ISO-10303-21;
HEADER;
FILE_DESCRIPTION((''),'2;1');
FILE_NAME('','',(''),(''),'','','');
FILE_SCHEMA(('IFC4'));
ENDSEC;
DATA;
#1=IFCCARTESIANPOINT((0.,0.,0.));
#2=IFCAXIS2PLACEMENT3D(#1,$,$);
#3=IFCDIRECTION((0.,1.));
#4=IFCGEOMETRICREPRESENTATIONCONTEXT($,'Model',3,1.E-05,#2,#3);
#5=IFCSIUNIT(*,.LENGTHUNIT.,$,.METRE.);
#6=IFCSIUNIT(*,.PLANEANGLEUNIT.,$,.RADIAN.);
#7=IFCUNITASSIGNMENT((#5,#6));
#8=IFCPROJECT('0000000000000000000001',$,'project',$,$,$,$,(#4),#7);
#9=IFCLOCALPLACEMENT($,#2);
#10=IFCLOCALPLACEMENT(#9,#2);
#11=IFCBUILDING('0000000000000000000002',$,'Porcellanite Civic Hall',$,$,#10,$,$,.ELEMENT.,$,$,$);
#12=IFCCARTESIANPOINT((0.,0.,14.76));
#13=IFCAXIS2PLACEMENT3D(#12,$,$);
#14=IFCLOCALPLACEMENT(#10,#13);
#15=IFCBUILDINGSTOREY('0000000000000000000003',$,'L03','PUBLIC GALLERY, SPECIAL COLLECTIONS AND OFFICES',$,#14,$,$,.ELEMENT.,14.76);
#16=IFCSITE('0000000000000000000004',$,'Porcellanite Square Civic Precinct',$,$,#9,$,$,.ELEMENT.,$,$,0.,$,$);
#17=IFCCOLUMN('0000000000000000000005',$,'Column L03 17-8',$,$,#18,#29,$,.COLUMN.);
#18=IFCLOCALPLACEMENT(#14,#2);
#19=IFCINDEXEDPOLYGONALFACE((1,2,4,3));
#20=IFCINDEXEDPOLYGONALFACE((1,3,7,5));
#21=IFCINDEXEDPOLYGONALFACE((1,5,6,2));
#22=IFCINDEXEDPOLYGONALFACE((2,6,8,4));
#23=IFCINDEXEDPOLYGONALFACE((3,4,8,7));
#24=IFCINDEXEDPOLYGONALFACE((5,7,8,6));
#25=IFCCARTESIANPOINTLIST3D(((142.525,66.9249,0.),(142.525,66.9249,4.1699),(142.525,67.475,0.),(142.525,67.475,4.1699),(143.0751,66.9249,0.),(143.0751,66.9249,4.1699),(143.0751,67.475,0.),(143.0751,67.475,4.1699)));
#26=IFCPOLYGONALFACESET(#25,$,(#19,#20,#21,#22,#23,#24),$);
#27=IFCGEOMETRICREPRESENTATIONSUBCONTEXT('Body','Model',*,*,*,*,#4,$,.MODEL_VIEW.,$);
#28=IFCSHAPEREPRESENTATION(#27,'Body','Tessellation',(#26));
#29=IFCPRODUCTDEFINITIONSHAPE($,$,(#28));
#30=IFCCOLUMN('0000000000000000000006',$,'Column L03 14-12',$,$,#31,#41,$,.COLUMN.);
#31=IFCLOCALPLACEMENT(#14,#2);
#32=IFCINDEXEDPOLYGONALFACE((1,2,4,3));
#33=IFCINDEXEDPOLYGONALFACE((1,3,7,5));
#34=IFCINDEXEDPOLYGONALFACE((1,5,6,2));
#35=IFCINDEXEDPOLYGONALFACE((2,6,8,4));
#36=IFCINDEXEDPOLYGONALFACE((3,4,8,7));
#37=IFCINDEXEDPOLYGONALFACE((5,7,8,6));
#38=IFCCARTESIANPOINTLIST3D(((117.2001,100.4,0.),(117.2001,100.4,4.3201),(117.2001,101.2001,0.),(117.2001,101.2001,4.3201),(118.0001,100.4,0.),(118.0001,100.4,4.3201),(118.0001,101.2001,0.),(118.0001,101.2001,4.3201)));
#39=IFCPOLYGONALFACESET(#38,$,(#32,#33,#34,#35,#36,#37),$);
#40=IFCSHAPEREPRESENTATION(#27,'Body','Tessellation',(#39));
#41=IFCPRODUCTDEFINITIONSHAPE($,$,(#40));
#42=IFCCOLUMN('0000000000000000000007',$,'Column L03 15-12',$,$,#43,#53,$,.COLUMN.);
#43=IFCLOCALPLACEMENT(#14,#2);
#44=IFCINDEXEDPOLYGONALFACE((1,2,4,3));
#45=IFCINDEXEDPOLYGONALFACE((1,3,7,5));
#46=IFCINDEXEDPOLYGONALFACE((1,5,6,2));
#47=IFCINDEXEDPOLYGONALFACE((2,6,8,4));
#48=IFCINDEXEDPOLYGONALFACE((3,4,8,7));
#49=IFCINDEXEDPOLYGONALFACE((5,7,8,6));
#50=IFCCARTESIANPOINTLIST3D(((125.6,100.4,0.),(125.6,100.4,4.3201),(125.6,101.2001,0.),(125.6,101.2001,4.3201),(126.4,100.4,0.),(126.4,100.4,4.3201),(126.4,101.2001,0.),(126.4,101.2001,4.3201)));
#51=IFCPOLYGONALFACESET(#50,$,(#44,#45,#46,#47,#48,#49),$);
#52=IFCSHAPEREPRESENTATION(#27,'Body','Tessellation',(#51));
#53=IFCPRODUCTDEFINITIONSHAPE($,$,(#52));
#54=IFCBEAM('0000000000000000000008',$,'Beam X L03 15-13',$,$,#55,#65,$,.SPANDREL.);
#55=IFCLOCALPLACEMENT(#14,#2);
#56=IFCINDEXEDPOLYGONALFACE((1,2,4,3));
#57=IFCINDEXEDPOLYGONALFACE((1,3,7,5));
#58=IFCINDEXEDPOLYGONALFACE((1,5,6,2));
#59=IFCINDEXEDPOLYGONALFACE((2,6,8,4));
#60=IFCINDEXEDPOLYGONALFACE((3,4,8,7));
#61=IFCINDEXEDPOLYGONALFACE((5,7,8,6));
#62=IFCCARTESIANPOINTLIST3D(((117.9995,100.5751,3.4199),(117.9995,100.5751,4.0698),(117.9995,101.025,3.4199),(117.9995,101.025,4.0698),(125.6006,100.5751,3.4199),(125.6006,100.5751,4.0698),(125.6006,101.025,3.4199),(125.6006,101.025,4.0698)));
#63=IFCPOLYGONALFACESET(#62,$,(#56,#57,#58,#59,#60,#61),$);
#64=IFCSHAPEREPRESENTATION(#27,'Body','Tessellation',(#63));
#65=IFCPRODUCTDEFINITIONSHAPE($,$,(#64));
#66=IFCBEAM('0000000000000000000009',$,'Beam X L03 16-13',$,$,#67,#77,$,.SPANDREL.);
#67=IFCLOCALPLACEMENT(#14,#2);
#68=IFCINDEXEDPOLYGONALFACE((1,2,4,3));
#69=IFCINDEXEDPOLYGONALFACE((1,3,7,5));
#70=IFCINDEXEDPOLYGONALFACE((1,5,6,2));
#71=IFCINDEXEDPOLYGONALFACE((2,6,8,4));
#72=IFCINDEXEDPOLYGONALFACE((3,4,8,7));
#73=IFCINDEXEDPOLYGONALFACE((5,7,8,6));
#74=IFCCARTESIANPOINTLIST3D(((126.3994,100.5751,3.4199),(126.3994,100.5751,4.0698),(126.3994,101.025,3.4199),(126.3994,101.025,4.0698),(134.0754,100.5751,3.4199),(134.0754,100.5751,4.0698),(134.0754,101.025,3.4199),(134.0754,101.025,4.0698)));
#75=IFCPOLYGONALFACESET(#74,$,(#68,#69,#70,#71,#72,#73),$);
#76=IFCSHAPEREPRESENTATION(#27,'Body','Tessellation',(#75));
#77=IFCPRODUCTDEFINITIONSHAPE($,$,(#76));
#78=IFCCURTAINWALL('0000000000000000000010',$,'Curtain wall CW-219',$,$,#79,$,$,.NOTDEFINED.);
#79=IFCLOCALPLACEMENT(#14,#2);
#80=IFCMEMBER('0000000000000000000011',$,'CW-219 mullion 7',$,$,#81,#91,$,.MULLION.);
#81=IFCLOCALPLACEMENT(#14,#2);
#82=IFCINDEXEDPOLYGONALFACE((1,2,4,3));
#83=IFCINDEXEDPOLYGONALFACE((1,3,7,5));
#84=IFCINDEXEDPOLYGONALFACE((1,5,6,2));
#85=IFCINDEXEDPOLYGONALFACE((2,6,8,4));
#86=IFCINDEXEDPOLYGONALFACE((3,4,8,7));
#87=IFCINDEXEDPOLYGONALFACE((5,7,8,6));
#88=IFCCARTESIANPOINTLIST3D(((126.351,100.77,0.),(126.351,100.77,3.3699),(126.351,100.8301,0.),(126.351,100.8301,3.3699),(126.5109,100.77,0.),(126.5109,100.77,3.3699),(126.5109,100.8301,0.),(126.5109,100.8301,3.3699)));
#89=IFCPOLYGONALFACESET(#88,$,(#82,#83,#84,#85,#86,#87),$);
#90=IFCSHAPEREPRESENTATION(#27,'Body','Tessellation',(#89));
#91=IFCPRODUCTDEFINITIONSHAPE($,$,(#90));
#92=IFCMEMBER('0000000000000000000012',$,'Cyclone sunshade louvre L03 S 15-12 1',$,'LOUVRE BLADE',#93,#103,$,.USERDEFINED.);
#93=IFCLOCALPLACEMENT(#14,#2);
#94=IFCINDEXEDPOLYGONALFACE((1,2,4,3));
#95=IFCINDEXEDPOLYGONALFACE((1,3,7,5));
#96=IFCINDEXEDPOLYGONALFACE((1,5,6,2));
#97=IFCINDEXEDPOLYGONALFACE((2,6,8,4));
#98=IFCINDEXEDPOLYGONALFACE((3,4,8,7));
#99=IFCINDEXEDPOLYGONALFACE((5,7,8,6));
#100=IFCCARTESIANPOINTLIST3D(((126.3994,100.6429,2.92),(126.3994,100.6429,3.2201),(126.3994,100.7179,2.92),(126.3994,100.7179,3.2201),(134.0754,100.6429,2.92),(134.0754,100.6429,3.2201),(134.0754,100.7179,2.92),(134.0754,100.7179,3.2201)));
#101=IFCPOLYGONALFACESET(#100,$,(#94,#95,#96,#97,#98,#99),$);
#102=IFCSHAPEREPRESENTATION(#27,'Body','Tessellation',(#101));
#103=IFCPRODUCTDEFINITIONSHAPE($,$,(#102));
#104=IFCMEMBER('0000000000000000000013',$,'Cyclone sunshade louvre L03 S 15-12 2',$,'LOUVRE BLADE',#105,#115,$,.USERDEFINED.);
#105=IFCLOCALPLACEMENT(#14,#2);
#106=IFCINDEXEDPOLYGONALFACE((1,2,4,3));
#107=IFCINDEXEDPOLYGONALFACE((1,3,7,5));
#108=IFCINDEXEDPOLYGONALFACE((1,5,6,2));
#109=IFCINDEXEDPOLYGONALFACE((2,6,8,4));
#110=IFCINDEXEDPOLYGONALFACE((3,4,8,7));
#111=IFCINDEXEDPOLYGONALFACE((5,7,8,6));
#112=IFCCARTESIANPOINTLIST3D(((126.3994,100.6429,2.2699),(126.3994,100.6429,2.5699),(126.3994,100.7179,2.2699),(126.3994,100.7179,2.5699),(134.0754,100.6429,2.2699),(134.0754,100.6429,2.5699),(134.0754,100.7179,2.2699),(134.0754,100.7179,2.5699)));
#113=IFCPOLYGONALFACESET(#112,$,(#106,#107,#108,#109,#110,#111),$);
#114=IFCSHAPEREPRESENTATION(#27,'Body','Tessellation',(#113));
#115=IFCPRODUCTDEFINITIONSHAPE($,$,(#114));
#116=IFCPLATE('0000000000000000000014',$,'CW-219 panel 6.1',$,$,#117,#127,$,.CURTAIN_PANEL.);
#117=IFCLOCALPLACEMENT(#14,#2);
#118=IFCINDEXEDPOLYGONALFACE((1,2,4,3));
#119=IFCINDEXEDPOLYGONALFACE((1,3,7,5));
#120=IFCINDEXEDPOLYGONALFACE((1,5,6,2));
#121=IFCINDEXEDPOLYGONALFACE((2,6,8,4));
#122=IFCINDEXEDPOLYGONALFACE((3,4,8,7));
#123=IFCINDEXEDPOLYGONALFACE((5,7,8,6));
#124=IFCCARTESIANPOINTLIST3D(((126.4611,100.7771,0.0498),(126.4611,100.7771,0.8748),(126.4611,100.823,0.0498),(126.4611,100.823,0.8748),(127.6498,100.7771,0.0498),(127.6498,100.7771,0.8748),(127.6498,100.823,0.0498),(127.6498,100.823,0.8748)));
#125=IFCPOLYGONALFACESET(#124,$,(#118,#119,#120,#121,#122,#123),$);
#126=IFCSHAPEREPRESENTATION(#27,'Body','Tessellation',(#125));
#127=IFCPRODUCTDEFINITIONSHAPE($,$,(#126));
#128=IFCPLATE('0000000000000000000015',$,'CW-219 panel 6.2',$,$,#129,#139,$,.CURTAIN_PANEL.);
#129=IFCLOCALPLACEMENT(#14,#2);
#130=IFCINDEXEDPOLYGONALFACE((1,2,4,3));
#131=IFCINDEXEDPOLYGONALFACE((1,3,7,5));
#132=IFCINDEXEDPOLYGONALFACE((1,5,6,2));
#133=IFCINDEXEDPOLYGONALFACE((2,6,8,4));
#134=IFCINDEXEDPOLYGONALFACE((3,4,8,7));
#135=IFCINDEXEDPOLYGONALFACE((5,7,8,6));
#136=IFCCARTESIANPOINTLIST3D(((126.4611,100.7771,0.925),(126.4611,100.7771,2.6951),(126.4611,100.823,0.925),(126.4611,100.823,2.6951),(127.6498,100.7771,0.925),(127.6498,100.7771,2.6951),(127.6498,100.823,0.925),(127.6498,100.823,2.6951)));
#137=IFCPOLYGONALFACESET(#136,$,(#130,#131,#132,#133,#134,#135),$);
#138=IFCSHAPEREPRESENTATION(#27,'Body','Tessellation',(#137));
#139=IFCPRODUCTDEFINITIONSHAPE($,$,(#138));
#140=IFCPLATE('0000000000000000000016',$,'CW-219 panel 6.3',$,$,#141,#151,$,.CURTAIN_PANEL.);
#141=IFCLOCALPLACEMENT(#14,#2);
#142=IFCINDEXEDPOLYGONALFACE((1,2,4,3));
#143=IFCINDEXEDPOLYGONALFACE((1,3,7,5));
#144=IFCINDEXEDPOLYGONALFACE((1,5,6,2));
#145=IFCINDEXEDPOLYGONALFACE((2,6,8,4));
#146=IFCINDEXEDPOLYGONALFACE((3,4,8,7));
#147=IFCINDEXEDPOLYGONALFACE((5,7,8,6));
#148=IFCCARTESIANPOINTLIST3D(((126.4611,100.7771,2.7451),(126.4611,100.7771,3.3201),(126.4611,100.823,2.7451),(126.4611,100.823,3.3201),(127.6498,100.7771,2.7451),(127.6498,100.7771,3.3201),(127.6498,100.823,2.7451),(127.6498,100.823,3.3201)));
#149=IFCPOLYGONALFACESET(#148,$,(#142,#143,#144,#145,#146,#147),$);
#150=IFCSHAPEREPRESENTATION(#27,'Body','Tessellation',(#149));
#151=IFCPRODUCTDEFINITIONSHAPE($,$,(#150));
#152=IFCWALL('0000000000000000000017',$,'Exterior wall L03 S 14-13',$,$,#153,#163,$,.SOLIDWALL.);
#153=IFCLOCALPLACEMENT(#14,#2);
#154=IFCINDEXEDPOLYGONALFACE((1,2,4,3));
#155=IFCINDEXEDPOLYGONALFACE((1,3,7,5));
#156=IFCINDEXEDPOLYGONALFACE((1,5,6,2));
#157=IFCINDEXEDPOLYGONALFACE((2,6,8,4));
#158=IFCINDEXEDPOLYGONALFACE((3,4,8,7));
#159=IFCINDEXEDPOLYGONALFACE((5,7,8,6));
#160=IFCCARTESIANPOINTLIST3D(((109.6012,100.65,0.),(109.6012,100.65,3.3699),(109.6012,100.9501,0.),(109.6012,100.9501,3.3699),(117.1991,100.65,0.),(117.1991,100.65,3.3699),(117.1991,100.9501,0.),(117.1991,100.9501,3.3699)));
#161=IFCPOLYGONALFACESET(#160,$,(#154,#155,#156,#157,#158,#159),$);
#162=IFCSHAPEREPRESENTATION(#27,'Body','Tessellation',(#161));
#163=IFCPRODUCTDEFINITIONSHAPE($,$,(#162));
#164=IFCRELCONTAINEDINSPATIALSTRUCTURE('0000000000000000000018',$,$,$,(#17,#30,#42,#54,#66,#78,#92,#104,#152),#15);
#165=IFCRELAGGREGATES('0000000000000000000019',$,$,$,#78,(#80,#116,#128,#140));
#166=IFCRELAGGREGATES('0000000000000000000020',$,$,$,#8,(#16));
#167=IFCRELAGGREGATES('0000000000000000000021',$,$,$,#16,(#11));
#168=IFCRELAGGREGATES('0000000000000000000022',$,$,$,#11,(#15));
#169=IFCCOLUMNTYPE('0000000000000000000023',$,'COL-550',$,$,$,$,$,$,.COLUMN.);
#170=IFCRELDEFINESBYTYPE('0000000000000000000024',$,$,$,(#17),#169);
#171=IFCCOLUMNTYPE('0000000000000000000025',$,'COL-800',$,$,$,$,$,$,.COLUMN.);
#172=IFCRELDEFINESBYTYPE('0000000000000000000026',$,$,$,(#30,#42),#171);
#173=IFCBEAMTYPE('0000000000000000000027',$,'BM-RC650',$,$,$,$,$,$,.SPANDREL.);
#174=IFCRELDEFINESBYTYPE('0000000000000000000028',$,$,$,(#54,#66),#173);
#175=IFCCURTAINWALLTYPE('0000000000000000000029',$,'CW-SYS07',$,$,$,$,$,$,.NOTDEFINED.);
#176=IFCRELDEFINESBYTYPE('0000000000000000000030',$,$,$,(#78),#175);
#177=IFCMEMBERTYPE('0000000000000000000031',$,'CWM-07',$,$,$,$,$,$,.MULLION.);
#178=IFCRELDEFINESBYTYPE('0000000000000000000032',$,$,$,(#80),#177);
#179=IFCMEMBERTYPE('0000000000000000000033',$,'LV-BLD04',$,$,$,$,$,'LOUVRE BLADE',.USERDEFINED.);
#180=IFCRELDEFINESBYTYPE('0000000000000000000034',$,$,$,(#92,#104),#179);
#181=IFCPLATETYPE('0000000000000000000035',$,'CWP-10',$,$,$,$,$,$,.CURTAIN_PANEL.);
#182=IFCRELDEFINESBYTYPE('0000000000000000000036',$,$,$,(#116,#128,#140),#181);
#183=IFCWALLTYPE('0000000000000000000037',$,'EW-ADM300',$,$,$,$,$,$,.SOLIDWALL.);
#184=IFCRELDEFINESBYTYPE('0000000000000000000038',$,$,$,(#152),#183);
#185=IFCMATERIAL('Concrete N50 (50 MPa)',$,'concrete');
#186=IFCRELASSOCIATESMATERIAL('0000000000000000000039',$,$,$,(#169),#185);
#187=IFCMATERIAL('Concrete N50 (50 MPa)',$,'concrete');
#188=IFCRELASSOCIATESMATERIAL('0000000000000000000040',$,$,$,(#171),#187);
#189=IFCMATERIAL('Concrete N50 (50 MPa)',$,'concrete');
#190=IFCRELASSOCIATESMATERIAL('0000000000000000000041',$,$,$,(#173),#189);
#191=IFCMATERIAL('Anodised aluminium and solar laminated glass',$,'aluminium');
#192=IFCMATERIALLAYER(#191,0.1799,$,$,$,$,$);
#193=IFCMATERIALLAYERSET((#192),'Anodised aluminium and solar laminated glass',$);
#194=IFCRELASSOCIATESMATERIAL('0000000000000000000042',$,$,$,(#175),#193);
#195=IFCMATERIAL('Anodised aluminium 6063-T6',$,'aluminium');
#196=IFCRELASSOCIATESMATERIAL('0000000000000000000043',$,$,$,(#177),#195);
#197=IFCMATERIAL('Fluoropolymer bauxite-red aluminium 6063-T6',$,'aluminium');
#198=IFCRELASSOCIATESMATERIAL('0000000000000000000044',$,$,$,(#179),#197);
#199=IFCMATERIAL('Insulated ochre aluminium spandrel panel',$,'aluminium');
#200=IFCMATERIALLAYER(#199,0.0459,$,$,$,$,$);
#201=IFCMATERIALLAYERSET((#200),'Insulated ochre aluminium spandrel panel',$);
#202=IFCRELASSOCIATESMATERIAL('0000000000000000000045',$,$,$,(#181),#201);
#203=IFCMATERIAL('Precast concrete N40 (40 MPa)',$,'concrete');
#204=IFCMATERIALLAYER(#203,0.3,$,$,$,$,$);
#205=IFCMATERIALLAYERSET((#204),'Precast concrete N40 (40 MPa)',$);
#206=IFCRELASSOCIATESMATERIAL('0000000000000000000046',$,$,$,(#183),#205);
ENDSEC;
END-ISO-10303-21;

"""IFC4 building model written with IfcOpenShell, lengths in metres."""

from ifc_helpers import new_model, si_unit, direction, frame, frame_2d, origin, origin_2d, place, context, subcontext, project, spatial, rectangle, extrude, material, layer, layer_set, material_profile, profile_set, type_object, element, aggregate, save


model = new_model("IFC4")

# Units and contexts
model_context = context("Model", 3, precision=1e-05, world=origin(), true_north=direction((0.0, 1.0)))
body_context = subcontext(model_context, "Body", "Model", "MODEL_VIEW")
ifc_project = project(units=[si_unit("LENGTHUNIT", "METRE"), si_unit("PLANEANGLEUNIT", "RADIAN")], contexts=[model_context])

# Site, building, storey
site_placement = place(None, origin())
site = spatial("IfcSite", under=ifc_project, at=site_placement, Name="Porcellanite Square Civic Precinct", CompositionType="ELEMENT", RefElevation=0.0)
building_placement = place(site_placement, origin())
building = spatial("IfcBuilding", under=site, at=building_placement, Name="Porcellanite Civic Hall", CompositionType="ELEMENT")
storey_placement = place(building_placement, frame((0.0, 0.0, 14.76)))
storey = spatial("IfcBuildingStorey", under=building, at=storey_placement, Name="L03", Description="PUBLIC GALLERY, SPECIAL COLLECTIONS AND OFFICES", CompositionType="ELEMENT", Elevation=14.76)

# Columns
ifc_material_1 = material(Name="Concrete N50 (50 MPa)", Category="concrete")
ifc_material_profile_1 = material_profile(ifc_material_1, rectangle(XDim=0.55, YDim=0.55, at=origin_2d()), Name="RC-550x550")
ifc_profile_set_1 = profile_set([ifc_material_profile_1], Name="Concrete N50 (50 MPa)")
column_type_1 = type_object("IfcColumnType", Name="COL-550", PredefinedType="COLUMN", material=ifc_profile_set_1)
column_placement = place(storey_placement, frame((142.8, 67.2, 0.0), z_axis=(0.0, 0.0, 1.0), x_axis=(1.0, 0.0, 0.0)))
element("IfcColumn", 1, at=column_placement, inside=storey, type_object=column_type_1, Name="Column L03 17-8", PredefinedType="COLUMN", context=body_context, shape_type="SweptSolid", body=[
    extrude(rectangle(XDim=0.55, YDim=0.55, at=origin_2d()), origin(), (0.0, 0.0, 1.0), 4.1699),
])
ifc_material_2 = material(Name="Concrete N50 (50 MPa)", Category="concrete")
ifc_material_profile_2 = material_profile(ifc_material_2, rectangle(XDim=0.8, YDim=0.8, at=origin_2d()), Name="RC-800x800")
ifc_profile_set_2 = profile_set([ifc_material_profile_2], Name="Concrete N50 (50 MPa)")
column_type_2 = type_object("IfcColumnType", Name="COL-800", PredefinedType="COLUMN", material=ifc_profile_set_2)
for number, where, z_axis, x_axis, name in (
    (2, (117.6001, 100.8, 0.0), (0.0, 0.0, 1.0), (1.0, 0.0, 0.0), "Column L03 14-12"),
    (3, (126.0, 100.8, 0.0), (0.0, 0.0, 1.0), (1.0, 0.0, 0.0), "Column L03 15-12"),
):
    element("IfcColumn", number, at=place(storey_placement, frame(where, z_axis=z_axis, x_axis=x_axis)), inside=storey, type_object=column_type_2, Name=name, PredefinedType="COLUMN", context=body_context, shape_type="SweptSolid", body=[
        extrude(rectangle(XDim=0.8, YDim=0.8, at=origin_2d()), origin(), (0.0, 0.0, 1.0), 4.3201),
    ])

# Beams
ifc_material_3 = material(Name="Concrete N50 (50 MPa)", Category="concrete")
ifc_material_profile_3 = material_profile(ifc_material_3, rectangle(XDim=0.45, YDim=0.6499, at=origin_2d()), Name="RC-450x650")
ifc_profile_set_3 = profile_set([ifc_material_profile_3], Name="Concrete N50 (50 MPa)")
beam_type = type_object("IfcBeamType", Name="BM-RC650", PredefinedType="SPANDREL", material=ifc_profile_set_3)
beam_1_placement = place(storey_placement, frame((117.9995, 100.8, 3.7449), z_axis=(1.0, 0.0, 0.0), x_axis=(0.0, 1.0, 0.0)))
element("IfcBeam", 4, at=beam_1_placement, inside=storey, type_object=beam_type, Name="Beam X L03 15-13", PredefinedType="SPANDREL", context=body_context, shape_type="SweptSolid", body=[
    extrude(rectangle(XDim=0.45, YDim=0.6499, at=origin_2d()), origin(), (0.0, 0.0, 1.0), 7.6011),
])
beam_2_placement = place(storey_placement, frame((126.3994, 100.8, 3.7449), z_axis=(1.0, 0.0, 0.0), x_axis=(0.0, 1.0, 0.0)))
element("IfcBeam", 5, at=beam_2_placement, inside=storey, type_object=beam_type, Name="Beam X L03 16-13", PredefinedType="SPANDREL", context=body_context, shape_type="SweptSolid", body=[
    extrude(rectangle(XDim=0.45, YDim=0.6499, at=origin_2d()), origin(), (0.0, 0.0, 1.0), 7.676),
])

# Curtain wall, member
ifc_material_4 = material(Name="Anodised aluminium and solar laminated glass", Category="aluminium")
ifc_layer_1 = layer(ifc_material_4, 0.1799)
ifc_layer_set_1 = layer_set([ifc_layer_1], Name="Anodised aluminium and solar laminated glass")
curtain_wall_type = type_object("IfcCurtainWallType", Name="CW-SYS07", PredefinedType="NOTDEFINED", material=ifc_layer_set_1)
curtain_wall_placement = place(storey_placement, origin())
curtain_wall = element("IfcCurtainWall", 6, at=curtain_wall_placement, inside=storey, type_object=curtain_wall_type, Name="Curtain wall CW-219", PredefinedType="NOTDEFINED")
ifc_material_5 = material(Name="Anodised aluminium 6063-T6", Category="aluminium")
ifc_material_profile_4 = material_profile(ifc_material_5, rectangle(XDim=0.0601, YDim=0.1599, at=origin_2d()), Name="AL-60x160")
ifc_profile_set_4 = profile_set([ifc_material_profile_4], Name="Anodised aluminium 6063-T6")
member_type_1 = type_object("IfcMemberType", Name="CWM-07", PredefinedType="MULLION", material=ifc_profile_set_4)
member_placement = place(storey_placement, frame((126.4309, 100.8, 0.0), z_axis=(0.0, 0.0, 1.0), x_axis=(0.0, -1.0, 0.0)))
member = element("IfcMember", 7, at=member_placement, type_object=member_type_1, Name="CW-219 mullion 7", PredefinedType="MULLION", context=body_context, shape_type="SweptSolid", body=[
    extrude(rectangle(XDim=0.0601, YDim=0.1599, at=origin_2d()), origin(), (0.0, 0.0, 1.0), 3.3699),
])

# Members
ifc_material_6 = material(Name="Fluoropolymer bauxite-red aluminium 6063-T6", Category="aluminium")
ifc_material_profile_5 = material_profile(ifc_material_6, rectangle(XDim=0.075, YDim=0.3, at=origin_2d()), Name="AL-75x300")
ifc_profile_set_5 = profile_set([ifc_material_profile_5], Name="Fluoropolymer bauxite-red aluminium 6063-T6")
member_type_2 = type_object("IfcMemberType", Name="LV-BLD04", ElementType="LOUVRE BLADE", PredefinedType="USERDEFINED", material=ifc_profile_set_5)
for number, where, z_axis, x_axis, name in (
    (8, (134.0754, 100.6804, 3.0701), (-1.0, 0.0, 0.0), (0.0, -1.0, 0.0), "Cyclone sunshade louvre L03 S 15-12 1"),
    (9, (134.0754, 100.6804, 2.4199), (-1.0, 0.0, 0.0), (0.0, -1.0, 0.0), "Cyclone sunshade louvre L03 S 15-12 2"),
):
    element("IfcMember", number, at=place(storey_placement, frame(where, z_axis=z_axis, x_axis=x_axis)), inside=storey, type_object=member_type_2, Name=name, ObjectType="LOUVRE BLADE", PredefinedType="USERDEFINED", context=body_context, shape_type="SweptSolid", body=[
        extrude(rectangle(XDim=0.075, YDim=0.3, at=origin_2d()), origin(), (0.0, 0.0, 1.0), 7.676),
    ])

# Plates
ifc_material_7 = material(Name="Insulated ochre aluminium spandrel panel", Category="aluminium")
ifc_layer_2 = layer(ifc_material_7, 0.0459)
ifc_layer_set_2 = layer_set([ifc_layer_2], Name="Insulated ochre aluminium spandrel panel")
plate_type = type_object("IfcPlateType", Name="CWP-10", PredefinedType="CURTAIN_PANEL", material=ifc_layer_set_2)
plate_1_placement = place(storey_placement, frame((127.0554, 100.8, 0.0498), z_axis=(0.0, 0.0, 1.0), x_axis=(-1.0, 0.0, 0.0)))
plate_1 = element("IfcPlate", 10, at=plate_1_placement, type_object=plate_type, Name="CW-219 panel 6.1", PredefinedType="CURTAIN_PANEL", context=body_context, shape_type="SweptSolid", body=[
    extrude(rectangle(XDim=1.1887, YDim=0.0459, at=origin_2d()), origin(), (0.0, 0.0, 1.0), 0.825),
])
plate_2_placement = place(storey_placement, frame((127.0554, 100.8, 0.925), z_axis=(0.0, 0.0, 1.0), x_axis=(-1.0, 0.0, 0.0)))
plate_2 = element("IfcPlate", 11, at=plate_2_placement, type_object=plate_type, Name="CW-219 panel 6.2", PredefinedType="CURTAIN_PANEL", context=body_context, shape_type="SweptSolid", body=[
    extrude(rectangle(XDim=1.1887, YDim=0.0459, at=origin_2d()), origin(), (0.0, 0.0, 1.0), 1.77),
])
plate_3_placement = place(storey_placement, frame((127.0554, 100.8, 2.7451), z_axis=(0.0, 0.0, 1.0), x_axis=(-1.0, 0.0, 0.0)))
plate_3 = element("IfcPlate", 12, at=plate_3_placement, type_object=plate_type, Name="CW-219 panel 6.3", PredefinedType="CURTAIN_PANEL", context=body_context, shape_type="SweptSolid", body=[
    extrude(rectangle(XDim=1.1887, YDim=0.0459, at=origin_2d()), origin(), (0.0, 0.0, 1.0), 0.575),
])
aggregate(curtain_wall, [member, plate_1, plate_2, plate_3])

# Wall
ifc_material_8 = material(Name="Precast concrete N40 (40 MPa)", Category="concrete")
ifc_layer_3 = layer(ifc_material_8, 0.3)
ifc_layer_set_3 = layer_set([ifc_layer_3], Name="Precast concrete N40 (40 MPa)")
wall_type_1 = type_object("IfcWallType", Name="EW-ADM300", PredefinedType="SOLIDWALL", material=ifc_layer_set_3)
wall_1_placement = place(storey_placement, frame((117.199, 100.8, 0.0), z_axis=(0.0, 0.0, 1.0), x_axis=(-1.0, 0.0, 0.0)))
element("IfcWall", 13, at=wall_1_placement, inside=storey, type_object=wall_type_1, Name="Exterior wall L03 S 14-13", PredefinedType="SOLIDWALL", context=body_context, shape_type="SweptSolid", body=[
    extrude(rectangle(XDim=7.5979, YDim=0.3, at=frame_2d((3.7988, 0.0))), origin(), (0.0, 0.0, 1.0), 3.3699),
])

save(model, "model.ifc")
